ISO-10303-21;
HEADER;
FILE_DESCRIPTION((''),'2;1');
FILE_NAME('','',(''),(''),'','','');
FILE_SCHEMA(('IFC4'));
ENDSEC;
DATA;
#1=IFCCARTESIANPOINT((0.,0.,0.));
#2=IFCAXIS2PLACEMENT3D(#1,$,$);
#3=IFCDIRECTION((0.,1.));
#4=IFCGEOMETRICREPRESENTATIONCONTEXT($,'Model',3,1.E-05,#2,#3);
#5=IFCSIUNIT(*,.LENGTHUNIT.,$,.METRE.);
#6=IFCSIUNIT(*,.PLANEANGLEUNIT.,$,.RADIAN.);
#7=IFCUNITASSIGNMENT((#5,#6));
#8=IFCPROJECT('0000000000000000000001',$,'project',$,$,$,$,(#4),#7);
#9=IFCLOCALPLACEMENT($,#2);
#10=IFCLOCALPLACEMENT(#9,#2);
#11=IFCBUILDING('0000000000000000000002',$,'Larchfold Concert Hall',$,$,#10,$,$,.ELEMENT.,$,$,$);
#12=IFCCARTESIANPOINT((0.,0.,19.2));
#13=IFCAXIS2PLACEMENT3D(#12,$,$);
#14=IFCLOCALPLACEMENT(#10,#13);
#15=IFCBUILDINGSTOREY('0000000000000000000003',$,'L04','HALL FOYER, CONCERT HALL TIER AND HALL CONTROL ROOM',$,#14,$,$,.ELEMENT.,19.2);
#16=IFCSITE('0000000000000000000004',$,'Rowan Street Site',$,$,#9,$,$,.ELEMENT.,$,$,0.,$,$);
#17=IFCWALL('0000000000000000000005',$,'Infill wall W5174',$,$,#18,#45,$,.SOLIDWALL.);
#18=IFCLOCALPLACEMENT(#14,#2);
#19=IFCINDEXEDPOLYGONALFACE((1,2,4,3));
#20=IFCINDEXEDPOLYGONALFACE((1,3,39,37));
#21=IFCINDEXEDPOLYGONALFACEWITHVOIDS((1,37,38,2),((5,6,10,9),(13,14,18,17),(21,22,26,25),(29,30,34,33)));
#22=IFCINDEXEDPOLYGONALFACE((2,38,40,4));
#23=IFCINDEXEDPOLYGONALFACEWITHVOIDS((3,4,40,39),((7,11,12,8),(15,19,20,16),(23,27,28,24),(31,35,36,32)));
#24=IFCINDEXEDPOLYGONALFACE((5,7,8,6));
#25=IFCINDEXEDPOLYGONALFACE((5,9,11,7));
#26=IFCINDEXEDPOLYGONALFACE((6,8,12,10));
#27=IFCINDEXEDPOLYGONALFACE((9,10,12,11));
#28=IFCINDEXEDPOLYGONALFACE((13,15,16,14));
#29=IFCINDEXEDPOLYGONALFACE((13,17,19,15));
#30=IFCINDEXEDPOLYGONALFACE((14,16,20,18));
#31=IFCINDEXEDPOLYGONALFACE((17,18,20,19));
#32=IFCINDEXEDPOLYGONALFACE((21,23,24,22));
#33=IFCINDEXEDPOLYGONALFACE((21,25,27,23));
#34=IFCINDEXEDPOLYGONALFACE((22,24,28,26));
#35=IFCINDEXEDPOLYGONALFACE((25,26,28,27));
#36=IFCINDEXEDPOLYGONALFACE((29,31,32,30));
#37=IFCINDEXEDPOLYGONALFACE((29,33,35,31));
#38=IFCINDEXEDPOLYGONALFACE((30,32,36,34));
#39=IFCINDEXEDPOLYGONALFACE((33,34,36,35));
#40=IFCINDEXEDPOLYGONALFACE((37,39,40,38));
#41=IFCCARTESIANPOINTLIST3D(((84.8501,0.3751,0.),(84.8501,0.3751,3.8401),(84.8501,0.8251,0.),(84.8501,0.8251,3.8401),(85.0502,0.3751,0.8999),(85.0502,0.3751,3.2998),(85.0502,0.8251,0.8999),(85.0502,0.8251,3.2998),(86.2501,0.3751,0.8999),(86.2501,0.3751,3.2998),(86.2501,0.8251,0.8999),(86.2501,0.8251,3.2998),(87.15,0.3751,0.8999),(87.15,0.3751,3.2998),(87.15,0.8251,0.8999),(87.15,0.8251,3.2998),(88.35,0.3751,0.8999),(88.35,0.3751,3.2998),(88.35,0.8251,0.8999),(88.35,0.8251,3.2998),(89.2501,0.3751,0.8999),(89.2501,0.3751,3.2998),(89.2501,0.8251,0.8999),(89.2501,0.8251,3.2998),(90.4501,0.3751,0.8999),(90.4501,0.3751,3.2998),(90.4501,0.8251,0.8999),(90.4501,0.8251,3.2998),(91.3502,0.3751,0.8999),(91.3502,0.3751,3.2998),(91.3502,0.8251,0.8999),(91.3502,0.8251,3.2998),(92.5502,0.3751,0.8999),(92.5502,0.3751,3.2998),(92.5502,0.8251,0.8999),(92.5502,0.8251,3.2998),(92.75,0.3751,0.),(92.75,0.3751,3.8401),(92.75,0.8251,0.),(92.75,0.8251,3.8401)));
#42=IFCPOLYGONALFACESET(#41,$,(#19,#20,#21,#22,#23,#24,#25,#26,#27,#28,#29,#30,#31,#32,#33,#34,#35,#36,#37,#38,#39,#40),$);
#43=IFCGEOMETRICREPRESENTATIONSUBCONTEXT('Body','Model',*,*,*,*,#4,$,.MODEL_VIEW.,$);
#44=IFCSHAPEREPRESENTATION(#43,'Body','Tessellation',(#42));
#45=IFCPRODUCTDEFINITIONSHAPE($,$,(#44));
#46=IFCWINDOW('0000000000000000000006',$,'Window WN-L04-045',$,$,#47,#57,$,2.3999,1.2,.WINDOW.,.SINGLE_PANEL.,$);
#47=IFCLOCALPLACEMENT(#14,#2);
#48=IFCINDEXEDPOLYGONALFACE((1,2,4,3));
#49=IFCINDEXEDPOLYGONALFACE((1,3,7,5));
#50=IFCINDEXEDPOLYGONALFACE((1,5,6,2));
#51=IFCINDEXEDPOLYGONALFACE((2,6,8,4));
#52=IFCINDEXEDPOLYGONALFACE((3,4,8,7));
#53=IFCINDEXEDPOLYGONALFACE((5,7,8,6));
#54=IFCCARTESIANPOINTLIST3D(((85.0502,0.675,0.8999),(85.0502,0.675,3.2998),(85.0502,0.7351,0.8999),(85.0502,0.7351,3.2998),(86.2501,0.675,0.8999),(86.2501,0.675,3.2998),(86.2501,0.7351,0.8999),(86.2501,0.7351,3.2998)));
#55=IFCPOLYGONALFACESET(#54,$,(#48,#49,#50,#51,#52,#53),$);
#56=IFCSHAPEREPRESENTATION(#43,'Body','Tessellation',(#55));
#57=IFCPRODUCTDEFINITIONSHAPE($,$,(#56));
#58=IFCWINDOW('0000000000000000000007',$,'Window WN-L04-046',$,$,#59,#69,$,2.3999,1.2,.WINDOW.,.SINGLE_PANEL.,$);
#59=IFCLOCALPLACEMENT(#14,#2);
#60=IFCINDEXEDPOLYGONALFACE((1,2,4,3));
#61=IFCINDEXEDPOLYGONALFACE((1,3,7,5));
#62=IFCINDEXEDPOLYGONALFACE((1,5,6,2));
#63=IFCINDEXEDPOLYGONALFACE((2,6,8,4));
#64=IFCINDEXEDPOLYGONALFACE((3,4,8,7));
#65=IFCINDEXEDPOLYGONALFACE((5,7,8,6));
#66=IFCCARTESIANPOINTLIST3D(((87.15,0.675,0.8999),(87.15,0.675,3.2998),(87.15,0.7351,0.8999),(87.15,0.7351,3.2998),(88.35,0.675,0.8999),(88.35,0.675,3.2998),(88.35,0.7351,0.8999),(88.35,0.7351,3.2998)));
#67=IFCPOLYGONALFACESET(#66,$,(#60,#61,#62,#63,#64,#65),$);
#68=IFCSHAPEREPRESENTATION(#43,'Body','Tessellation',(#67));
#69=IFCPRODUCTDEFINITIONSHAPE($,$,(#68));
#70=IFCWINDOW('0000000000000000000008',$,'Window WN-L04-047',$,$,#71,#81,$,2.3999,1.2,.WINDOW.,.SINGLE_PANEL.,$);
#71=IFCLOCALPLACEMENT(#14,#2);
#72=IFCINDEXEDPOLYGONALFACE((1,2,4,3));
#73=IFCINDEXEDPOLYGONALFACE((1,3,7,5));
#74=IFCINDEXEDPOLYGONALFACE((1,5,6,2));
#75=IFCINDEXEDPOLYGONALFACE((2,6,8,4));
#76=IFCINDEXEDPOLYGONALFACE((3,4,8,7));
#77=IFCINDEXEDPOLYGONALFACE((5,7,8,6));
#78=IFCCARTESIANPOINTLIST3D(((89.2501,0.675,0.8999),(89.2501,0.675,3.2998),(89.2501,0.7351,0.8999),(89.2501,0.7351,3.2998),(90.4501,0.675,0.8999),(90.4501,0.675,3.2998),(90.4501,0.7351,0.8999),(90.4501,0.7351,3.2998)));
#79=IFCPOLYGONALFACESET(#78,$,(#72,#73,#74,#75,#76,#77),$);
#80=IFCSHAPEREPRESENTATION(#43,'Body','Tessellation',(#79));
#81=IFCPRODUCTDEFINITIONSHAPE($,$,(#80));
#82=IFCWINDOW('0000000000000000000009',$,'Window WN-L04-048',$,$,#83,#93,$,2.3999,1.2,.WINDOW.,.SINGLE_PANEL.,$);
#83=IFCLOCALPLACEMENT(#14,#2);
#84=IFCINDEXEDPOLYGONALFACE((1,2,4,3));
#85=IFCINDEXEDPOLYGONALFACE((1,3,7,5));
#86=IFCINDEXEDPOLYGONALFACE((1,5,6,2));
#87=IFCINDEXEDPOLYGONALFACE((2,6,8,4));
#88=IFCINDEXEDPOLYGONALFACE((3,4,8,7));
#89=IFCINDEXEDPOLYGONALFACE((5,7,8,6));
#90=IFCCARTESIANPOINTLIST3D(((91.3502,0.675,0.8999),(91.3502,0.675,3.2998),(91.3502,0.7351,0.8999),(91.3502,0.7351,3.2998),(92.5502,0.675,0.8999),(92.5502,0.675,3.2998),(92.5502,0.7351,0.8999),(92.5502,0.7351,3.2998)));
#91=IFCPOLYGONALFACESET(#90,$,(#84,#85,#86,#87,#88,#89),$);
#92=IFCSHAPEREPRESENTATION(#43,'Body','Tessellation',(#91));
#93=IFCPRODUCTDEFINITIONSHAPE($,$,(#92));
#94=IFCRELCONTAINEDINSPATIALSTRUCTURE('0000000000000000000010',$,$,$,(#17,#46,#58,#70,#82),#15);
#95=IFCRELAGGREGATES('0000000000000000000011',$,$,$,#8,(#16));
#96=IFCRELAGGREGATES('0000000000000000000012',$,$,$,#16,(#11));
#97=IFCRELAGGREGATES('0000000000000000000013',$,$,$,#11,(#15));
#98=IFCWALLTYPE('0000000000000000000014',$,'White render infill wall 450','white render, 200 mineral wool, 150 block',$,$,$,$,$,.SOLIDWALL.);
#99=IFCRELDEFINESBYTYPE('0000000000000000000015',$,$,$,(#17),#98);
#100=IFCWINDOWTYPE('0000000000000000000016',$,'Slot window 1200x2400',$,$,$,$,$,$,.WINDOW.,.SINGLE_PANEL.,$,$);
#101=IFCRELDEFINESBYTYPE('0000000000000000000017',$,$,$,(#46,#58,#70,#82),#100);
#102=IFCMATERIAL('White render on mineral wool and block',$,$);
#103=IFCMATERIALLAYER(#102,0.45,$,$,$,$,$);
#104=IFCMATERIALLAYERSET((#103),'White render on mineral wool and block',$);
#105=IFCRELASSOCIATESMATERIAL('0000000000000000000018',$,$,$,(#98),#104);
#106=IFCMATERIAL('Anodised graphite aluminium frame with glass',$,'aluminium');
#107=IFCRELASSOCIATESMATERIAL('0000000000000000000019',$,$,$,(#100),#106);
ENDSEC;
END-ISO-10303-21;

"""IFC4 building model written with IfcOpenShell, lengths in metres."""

from ifc_helpers import new_model, si_unit, direction, frame, frame_2d, origin, place, context, subcontext, project, spatial, rectangle, extrude, material, layer, layer_set, type_object, element, fill, save


model = new_model("IFC4")

# Units and contexts
model_context = context("Model", 3, precision=1e-05, world=origin(), true_north=direction((0.0, 1.0)))
body_context = subcontext(model_context, "Body", "Model", "MODEL_VIEW")
ifc_project = project(units=[si_unit("LENGTHUNIT", "METRE"), si_unit("PLANEANGLEUNIT", "RADIAN")], contexts=[model_context])

# Site, building, storey
site_placement = place(None, origin())
site = spatial("IfcSite", under=ifc_project, at=site_placement, Name="Rowan Street Site", CompositionType="ELEMENT", RefElevation=0.0)
building_placement = place(site_placement, origin())
building = spatial("IfcBuilding", under=site, at=building_placement, Name="Larchfold Concert Hall", CompositionType="ELEMENT")
storey_placement = place(building_placement, frame((0.0, 0.0, 19.2)))
storey = spatial("IfcBuildingStorey", under=building, at=storey_placement, Name="L04", Description="HALL FOYER, CONCERT HALL TIER AND HALL CONTROL ROOM", CompositionType="ELEMENT", Elevation=19.2)

# Wall, openings, windows
ifc_material_1 = material(Name="White render on mineral wool and block")
ifc_layer_1 = layer(ifc_material_1, 0.45)
ifc_layer_set_1 = layer_set([ifc_layer_1], Name="White render on mineral wool and block")
wall_type_1 = type_object("IfcWallType", Name="White render infill wall 450", Description="white render, 200 mineral wool, 150 block", PredefinedType="SOLIDWALL", material=ifc_layer_set_1)
ifc_material_2 = material(Name="Anodised graphite aluminium frame with glass", Category="aluminium")
window_type = type_object("IfcWindowType", Name="Slot window 1200x2400", PartitioningType="SINGLE_PANEL", PredefinedType="WINDOW", material=ifc_material_2)
wall_1_placement = place(storey_placement, frame((84.8501, 0.6001, 0.0), z_axis=(0.0, 0.0, 1.0), x_axis=(1.0, 0.0, 0.0)))
wall_1 = element("IfcWall", 1, at=wall_1_placement, inside=storey, type_object=wall_type_1, Name="Infill wall W5174", PredefinedType="SOLIDWALL", context=body_context, shape_type="SweptSolid", body=[
    extrude(rectangle(XDim=7.8999, YDim=0.45, at=frame_2d((3.95, 0.0))), origin(), (0.0, 0.0, 1.0), 3.8401),
])
opening_1_placement = place(wall_1_placement, frame((0.2, 0.0, 0.8999)))
opening_1 = element("IfcOpeningElement", 2, at=opening_1_placement, cuts=wall_1, PredefinedType="OPENING", context=body_context, shape_type="SweptSolid", body=[
    extrude(rectangle(XDim=1.2, YDim=2.3999, at=frame_2d((0.6001, 1.2))), frame((0.0, 0.2349, 0.0), z_axis=(0.0, -1.0, 0.0), x_axis=(1.0, 0.0, 0.0)), (0.0, 0.0, 1.0), 0.47),
])
opening_2_placement = place(wall_1_placement, frame((2.2998, 0.0, 0.8999)))
opening_2 = element("IfcOpeningElement", 3, at=opening_2_placement, cuts=wall_1, PredefinedType="OPENING", context=body_context, shape_type="SweptSolid", body=[
    extrude(rectangle(XDim=1.2, YDim=2.3999, at=frame_2d((0.6001, 1.2))), frame((0.0, 0.2349, 0.0), z_axis=(0.0, -1.0, 0.0), x_axis=(1.0, 0.0, 0.0)), (0.0, 0.0, 1.0), 0.47),
])
opening_3_placement = place(wall_1_placement, frame((4.3999, 0.0, 0.8999)))
opening_3 = element("IfcOpeningElement", 4, at=opening_3_placement, cuts=wall_1, PredefinedType="OPENING", context=body_context, shape_type="SweptSolid", body=[
    extrude(rectangle(XDim=1.2, YDim=2.3999, at=frame_2d((0.6001, 1.2))), frame((0.0, 0.2349, 0.0), z_axis=(0.0, -1.0, 0.0), x_axis=(1.0, 0.0, 0.0)), (0.0, 0.0, 1.0), 0.47),
])
opening_4_placement = place(wall_1_placement, frame((6.5, 0.0, 0.8999)))
opening_4 = element("IfcOpeningElement", 5, at=opening_4_placement, cuts=wall_1, PredefinedType="OPENING", context=body_context, shape_type="SweptSolid", body=[
    extrude(rectangle(XDim=1.2, YDim=2.3999, at=frame_2d((0.6001, 1.2))), frame((0.0, 0.2349, 0.0), z_axis=(0.0, -1.0, 0.0), x_axis=(1.0, 0.0, 0.0)), (0.0, 0.0, 1.0), 0.47),
])
window_1_placement = place(opening_1_placement, origin())
window_1 = element("IfcWindow", 6, at=window_1_placement, inside=storey, type_object=window_type, Name="Window WN-L04-045", OverallHeight=2.3999, OverallWidth=1.2, PartitioningType="SINGLE_PANEL", PredefinedType="WINDOW", context=body_context, shape_type="SweptSolid", body=[
    extrude(rectangle(XDim=1.2, YDim=2.3999, at=frame_2d((0.6001, 1.2))), frame((0.0, 0.135, 0.0), z_axis=(0.0, -1.0, 0.0), x_axis=(1.0, 0.0, 0.0)), (0.0, 0.0, 1.0), 0.0601),
])
fill(opening_1, window_1)
window_2_placement = place(opening_2_placement, origin())
window_2 = element("IfcWindow", 7, at=window_2_placement, inside=storey, type_object=window_type, Name="Window WN-L04-046", OverallHeight=2.3999, OverallWidth=1.2, PartitioningType="SINGLE_PANEL", PredefinedType="WINDOW", context=body_context, shape_type="SweptSolid", body=[
    extrude(rectangle(XDim=1.2, YDim=2.3999, at=frame_2d((0.6001, 1.2))), frame((0.0, 0.135, 0.0), z_axis=(0.0, -1.0, 0.0), x_axis=(1.0, 0.0, 0.0)), (0.0, 0.0, 1.0), 0.0601),
])
fill(opening_2, window_2)
window_3_placement = place(opening_3_placement, origin())
window_3 = element("IfcWindow", 8, at=window_3_placement, inside=storey, type_object=window_type, Name="Window WN-L04-047", OverallHeight=2.3999, OverallWidth=1.2, PartitioningType="SINGLE_PANEL", PredefinedType="WINDOW", context=body_context, shape_type="SweptSolid", body=[
    extrude(rectangle(XDim=1.2, YDim=2.3999, at=frame_2d((0.6001, 1.2))), frame((0.0, 0.135, 0.0), z_axis=(0.0, -1.0, 0.0), x_axis=(1.0, 0.0, 0.0)), (0.0, 0.0, 1.0), 0.0601),
])
fill(opening_3, window_3)
window_4_placement = place(opening_4_placement, origin())
window_4 = element("IfcWindow", 9, at=window_4_placement, inside=storey, type_object=window_type, Name="Window WN-L04-048", OverallHeight=2.3999, OverallWidth=1.2, PartitioningType="SINGLE_PANEL", PredefinedType="WINDOW", context=body_context, shape_type="SweptSolid", body=[
    extrude(rectangle(XDim=1.2, YDim=2.3999, at=frame_2d((0.6001, 1.2))), frame((0.0, 0.135, 0.0), z_axis=(0.0, -1.0, 0.0), x_axis=(1.0, 0.0, 0.0)), (0.0, 0.0, 1.0), 0.0601),
])
fill(opening_4, window_4)

save(model, "model.ifc")
